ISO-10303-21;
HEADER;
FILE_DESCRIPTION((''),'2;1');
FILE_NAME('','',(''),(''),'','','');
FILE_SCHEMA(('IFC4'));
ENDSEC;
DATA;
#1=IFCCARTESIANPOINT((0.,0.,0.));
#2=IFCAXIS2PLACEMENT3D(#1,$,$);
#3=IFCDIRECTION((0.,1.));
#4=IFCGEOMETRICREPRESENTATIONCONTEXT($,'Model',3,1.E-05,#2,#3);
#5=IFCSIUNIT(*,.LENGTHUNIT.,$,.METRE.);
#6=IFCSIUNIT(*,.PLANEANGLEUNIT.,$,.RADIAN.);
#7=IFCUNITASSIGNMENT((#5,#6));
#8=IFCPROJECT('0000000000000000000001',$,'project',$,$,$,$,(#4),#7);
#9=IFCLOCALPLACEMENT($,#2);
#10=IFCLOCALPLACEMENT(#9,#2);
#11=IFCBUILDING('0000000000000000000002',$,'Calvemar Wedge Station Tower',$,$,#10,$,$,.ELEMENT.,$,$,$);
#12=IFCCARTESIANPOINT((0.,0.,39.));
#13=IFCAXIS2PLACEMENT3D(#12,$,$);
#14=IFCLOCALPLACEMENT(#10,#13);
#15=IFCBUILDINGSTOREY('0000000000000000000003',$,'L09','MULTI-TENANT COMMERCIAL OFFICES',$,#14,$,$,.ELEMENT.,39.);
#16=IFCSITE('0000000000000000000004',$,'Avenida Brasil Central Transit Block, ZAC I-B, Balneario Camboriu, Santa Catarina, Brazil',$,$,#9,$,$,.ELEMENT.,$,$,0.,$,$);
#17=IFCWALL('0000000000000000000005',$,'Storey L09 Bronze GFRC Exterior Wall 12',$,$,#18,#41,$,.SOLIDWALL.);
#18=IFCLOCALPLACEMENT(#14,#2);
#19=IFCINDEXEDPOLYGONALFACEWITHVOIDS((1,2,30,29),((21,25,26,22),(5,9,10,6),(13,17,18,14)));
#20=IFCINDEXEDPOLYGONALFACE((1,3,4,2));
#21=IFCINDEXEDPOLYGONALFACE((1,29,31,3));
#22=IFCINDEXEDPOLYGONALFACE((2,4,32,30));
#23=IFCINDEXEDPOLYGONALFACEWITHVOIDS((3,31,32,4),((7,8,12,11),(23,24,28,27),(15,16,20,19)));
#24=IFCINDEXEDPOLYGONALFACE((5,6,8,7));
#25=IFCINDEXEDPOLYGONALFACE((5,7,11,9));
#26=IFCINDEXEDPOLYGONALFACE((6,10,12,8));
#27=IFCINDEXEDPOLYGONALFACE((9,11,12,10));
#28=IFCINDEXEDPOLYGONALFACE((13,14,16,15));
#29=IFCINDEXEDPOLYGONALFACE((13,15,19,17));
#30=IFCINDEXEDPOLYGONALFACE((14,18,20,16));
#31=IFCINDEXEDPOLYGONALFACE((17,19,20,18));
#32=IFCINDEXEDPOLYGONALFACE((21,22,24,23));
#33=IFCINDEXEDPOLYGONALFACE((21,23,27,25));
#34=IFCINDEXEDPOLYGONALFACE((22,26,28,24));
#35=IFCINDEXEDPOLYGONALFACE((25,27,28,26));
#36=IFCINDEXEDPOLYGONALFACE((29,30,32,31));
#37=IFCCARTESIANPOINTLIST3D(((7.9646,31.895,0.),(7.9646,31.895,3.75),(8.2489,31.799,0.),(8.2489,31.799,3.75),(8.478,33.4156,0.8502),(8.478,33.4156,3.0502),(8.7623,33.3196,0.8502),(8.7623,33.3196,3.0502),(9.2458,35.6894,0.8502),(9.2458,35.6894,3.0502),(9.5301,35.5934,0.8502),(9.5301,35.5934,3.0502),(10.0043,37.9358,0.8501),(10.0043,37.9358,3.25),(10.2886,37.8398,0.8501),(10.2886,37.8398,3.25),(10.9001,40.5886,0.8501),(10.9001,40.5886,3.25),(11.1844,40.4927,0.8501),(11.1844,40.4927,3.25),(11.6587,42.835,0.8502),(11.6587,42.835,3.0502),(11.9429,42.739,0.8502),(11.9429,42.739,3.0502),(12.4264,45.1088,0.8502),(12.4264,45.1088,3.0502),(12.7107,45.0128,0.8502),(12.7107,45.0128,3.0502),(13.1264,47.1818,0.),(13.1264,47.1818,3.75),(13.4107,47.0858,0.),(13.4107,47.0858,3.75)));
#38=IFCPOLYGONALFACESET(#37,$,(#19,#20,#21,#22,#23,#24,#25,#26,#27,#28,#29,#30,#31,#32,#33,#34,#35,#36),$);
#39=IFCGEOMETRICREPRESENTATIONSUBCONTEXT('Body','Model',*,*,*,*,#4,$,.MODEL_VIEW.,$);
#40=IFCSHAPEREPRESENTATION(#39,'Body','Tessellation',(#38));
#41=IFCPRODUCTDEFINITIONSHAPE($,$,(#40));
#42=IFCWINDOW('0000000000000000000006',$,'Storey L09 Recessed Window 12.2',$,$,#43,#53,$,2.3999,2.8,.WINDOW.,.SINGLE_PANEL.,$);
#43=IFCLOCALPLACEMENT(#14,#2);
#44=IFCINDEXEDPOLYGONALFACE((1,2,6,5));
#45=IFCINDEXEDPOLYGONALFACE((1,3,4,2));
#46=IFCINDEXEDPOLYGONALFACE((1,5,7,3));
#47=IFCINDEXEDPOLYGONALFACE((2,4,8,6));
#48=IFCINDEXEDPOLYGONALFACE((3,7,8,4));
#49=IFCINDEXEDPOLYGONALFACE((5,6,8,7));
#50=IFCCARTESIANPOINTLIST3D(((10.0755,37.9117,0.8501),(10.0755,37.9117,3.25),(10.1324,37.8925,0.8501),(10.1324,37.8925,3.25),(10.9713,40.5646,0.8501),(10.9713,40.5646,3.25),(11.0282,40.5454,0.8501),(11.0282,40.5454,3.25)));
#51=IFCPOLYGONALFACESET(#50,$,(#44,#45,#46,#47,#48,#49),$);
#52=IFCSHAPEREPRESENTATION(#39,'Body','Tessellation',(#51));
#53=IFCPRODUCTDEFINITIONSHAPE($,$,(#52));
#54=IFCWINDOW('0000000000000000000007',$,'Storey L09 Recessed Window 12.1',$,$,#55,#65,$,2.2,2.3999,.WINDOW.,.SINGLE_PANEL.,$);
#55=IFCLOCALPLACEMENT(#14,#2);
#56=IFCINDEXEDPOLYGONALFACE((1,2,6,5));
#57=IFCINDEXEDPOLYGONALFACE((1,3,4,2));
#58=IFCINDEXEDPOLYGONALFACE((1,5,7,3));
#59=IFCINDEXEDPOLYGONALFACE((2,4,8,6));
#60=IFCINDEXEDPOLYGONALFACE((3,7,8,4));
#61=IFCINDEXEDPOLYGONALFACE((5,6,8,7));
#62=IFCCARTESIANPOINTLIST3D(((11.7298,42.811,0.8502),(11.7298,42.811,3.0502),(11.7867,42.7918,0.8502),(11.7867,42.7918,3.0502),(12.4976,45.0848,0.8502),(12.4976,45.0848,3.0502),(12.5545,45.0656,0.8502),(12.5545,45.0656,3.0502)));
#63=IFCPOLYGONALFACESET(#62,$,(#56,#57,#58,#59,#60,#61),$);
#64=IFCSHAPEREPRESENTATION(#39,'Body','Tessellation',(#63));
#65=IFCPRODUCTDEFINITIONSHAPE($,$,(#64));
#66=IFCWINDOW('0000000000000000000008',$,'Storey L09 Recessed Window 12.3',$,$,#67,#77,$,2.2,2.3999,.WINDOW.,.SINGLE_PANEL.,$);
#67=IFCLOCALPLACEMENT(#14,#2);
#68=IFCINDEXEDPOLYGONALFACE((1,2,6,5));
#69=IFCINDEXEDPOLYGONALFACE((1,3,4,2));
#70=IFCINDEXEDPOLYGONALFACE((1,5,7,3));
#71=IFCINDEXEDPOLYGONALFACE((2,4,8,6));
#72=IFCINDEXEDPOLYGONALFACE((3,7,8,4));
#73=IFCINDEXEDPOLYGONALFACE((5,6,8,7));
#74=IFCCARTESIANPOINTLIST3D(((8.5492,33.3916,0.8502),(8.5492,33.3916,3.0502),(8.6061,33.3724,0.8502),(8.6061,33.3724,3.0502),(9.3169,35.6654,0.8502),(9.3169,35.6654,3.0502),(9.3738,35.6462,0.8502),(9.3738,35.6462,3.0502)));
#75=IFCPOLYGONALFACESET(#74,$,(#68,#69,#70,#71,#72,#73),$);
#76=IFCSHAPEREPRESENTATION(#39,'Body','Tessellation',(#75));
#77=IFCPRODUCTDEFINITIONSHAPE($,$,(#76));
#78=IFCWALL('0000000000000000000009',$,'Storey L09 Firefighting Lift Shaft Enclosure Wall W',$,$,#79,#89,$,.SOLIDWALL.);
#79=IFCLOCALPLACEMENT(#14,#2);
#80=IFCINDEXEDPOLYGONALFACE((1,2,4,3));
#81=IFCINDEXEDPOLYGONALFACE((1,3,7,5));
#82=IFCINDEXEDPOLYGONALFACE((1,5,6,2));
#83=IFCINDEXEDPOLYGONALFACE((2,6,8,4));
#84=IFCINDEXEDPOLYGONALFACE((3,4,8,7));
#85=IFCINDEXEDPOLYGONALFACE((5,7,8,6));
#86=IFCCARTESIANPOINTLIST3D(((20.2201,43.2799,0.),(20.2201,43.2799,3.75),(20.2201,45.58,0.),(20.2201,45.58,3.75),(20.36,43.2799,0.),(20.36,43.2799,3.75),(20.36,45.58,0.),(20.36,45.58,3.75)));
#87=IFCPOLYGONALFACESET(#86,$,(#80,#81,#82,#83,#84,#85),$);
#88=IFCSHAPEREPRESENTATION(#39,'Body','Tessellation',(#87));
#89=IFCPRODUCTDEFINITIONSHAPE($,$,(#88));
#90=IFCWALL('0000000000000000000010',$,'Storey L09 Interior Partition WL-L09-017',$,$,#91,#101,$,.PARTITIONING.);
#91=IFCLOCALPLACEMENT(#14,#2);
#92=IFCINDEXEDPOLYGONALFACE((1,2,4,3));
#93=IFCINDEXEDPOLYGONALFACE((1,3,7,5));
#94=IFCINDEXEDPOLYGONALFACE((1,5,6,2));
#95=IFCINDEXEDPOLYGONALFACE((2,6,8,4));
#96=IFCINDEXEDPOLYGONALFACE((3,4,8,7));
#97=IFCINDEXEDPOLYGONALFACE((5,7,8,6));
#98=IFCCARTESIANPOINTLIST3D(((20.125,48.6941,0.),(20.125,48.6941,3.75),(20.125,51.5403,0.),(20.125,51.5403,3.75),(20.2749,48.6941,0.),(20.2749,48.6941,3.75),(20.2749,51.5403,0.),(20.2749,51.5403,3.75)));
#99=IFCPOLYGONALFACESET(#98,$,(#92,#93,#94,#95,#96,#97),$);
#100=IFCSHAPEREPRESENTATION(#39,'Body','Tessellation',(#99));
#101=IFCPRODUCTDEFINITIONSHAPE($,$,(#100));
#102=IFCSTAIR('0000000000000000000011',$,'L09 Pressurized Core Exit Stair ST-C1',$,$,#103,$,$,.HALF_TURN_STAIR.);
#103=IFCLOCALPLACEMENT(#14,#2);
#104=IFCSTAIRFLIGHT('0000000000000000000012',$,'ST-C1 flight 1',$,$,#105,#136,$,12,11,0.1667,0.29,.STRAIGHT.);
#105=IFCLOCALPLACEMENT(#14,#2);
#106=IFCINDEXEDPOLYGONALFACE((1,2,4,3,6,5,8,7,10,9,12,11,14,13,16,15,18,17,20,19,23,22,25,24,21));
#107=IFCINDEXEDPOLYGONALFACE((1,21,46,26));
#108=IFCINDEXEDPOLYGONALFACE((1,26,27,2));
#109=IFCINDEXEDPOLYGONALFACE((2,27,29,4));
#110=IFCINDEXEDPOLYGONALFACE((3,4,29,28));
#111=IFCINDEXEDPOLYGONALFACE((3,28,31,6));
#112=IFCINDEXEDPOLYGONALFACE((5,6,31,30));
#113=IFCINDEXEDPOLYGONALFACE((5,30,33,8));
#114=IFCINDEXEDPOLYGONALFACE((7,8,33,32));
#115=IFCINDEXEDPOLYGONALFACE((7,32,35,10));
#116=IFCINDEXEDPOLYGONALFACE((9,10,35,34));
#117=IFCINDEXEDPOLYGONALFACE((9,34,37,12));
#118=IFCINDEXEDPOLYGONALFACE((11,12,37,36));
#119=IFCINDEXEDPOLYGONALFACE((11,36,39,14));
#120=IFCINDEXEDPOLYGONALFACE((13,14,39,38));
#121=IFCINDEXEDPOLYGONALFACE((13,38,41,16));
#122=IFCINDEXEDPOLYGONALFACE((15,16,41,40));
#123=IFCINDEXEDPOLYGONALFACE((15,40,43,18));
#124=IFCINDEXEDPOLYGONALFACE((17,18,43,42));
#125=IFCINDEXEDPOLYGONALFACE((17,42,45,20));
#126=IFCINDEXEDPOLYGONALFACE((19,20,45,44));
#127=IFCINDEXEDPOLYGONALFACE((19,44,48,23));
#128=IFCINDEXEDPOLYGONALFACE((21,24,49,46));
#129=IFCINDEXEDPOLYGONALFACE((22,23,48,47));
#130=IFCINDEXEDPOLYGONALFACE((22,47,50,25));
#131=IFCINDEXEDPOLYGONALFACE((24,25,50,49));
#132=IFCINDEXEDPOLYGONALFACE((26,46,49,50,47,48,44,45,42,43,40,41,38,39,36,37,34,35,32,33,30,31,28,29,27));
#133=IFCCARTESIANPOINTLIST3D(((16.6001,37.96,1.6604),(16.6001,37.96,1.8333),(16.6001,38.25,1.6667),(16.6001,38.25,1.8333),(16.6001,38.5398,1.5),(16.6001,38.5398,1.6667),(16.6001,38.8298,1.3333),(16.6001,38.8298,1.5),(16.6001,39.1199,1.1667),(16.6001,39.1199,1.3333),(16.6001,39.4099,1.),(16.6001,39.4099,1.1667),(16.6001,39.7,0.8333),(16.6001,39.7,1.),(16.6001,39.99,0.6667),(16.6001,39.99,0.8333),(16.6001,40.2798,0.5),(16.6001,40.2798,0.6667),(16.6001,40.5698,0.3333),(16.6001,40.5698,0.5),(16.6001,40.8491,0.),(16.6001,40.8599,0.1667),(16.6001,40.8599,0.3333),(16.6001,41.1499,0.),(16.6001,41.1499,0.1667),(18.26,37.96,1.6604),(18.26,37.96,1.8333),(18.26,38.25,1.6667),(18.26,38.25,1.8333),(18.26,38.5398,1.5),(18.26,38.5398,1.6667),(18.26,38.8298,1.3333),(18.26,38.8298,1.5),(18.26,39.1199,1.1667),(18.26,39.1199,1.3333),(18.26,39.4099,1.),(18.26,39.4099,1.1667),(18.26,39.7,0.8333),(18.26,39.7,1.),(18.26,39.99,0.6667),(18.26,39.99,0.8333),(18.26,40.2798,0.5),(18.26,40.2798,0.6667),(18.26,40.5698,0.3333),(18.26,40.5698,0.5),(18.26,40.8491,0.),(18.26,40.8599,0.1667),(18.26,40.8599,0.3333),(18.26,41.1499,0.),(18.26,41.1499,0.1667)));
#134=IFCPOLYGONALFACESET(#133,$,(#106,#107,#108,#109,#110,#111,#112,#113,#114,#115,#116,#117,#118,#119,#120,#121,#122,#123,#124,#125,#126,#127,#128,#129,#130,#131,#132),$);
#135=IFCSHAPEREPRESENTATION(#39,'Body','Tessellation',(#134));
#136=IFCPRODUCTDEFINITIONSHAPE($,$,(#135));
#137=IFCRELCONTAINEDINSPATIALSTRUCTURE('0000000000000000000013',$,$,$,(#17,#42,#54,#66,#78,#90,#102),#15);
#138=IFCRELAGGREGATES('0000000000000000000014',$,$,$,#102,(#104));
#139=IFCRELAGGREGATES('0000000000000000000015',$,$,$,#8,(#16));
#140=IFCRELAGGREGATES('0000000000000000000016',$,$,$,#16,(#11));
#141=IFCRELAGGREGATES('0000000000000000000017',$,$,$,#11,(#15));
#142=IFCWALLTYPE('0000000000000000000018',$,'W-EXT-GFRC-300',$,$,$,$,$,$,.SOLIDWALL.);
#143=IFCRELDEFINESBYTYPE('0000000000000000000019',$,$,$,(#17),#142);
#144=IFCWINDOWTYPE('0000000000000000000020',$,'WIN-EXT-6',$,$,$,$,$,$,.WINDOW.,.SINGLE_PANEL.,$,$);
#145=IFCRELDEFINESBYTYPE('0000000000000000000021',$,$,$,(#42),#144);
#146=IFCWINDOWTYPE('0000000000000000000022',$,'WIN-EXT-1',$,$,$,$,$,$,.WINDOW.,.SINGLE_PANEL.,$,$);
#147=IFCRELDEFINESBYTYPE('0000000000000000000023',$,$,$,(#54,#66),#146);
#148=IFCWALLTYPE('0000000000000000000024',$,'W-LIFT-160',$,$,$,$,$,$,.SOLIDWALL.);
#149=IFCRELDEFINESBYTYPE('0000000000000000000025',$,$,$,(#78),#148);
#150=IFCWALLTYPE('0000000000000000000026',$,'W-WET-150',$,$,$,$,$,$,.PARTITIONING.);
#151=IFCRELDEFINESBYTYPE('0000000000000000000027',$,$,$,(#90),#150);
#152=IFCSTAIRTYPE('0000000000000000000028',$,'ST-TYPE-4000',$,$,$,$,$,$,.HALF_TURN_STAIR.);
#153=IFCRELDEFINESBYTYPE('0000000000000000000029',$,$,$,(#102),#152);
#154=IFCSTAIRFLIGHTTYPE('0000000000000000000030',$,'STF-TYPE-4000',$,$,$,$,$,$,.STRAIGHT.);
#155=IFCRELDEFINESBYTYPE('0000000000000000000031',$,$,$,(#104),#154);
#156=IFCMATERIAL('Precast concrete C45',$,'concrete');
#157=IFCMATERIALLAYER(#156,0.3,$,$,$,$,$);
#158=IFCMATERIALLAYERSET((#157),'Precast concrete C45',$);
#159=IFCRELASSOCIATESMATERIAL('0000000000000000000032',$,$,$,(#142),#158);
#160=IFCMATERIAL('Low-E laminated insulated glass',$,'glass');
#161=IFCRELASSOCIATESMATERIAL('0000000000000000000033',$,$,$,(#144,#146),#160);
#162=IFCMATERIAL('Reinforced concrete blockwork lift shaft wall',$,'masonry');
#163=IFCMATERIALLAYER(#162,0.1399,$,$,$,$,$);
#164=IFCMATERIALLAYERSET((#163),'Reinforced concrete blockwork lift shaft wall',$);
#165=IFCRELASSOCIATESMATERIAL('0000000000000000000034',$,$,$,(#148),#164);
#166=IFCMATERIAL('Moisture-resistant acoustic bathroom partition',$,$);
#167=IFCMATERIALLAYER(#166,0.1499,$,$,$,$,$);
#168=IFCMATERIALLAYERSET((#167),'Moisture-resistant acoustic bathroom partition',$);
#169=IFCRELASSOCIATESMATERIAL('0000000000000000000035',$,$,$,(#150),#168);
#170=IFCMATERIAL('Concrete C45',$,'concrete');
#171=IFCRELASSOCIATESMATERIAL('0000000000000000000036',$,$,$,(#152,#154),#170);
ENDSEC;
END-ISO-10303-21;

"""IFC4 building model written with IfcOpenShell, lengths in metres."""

from ifc_helpers import new_model, si_unit, direction, frame, frame_2d, origin, place, context, subcontext, project, spatial, polyline, rectangle, outline, extrude, source, transform, mapped, material, layer, layer_set, type_object, element, fill, aggregate, save


model = new_model("IFC4")

# Units and contexts
model_context = context("Model", 3, precision=1e-05, world=origin(), true_north=direction((0.0, 1.0)))
body_context = subcontext(model_context, "Body", "Model", "MODEL_VIEW")
ifc_project = project(units=[si_unit("LENGTHUNIT", "METRE"), si_unit("PLANEANGLEUNIT", "RADIAN")], contexts=[model_context])

# Site, building, storey
site_placement = place(None, origin())
site = spatial("IfcSite", under=ifc_project, at=site_placement, Name="Avenida Brasil Central Transit Block, ZAC I-B, Balneario Camboriu, Santa Catarina, Brazil", CompositionType="ELEMENT", RefElevation=0.0)
building_placement = place(site_placement, origin())
building = spatial("IfcBuilding", under=site, at=building_placement, Name="Calvemar Wedge Station Tower", CompositionType="ELEMENT")
storey_placement = place(building_placement, frame((0.0, 0.0, 39.0)))
storey = spatial("IfcBuildingStorey", under=building, at=storey_placement, Name="L09", Description="MULTI-TENANT COMMERCIAL OFFICES", CompositionType="ELEMENT", Elevation=39.0)

# Wall, openings, windows
ifc_material_1 = material(Name="Precast concrete C45", Category="concrete")
ifc_layer_1 = layer(ifc_material_1, 0.3)
ifc_layer_set_1 = layer_set([ifc_layer_1], Name="Precast concrete C45")
wall_type_1 = type_object("IfcWallType", Name="W-EXT-GFRC-300", PredefinedType="SOLIDWALL", material=ifc_layer_set_1)
wall_1_placement = place(storey_placement, frame((13.2686, 47.1338, 0.0), z_axis=(0.0, 0.0, 1.0), x_axis=(-0.31992, -0.947444, 0.0)))
wall_1 = element("IfcWall", 1, at=wall_1_placement, inside=storey, type_object=wall_type_1, Name="Storey L09 Bronze GFRC Exterior Wall 12", PredefinedType="SOLIDWALL", context=body_context, shape_type="SweptSolid", body=[
    extrude(rectangle(XDim=16.1348, YDim=0.3, at=frame_2d((8.0674, 0.0))), origin(), (0.0, 0.0, 1.0), 3.75),
])
shared_shape_1 = source(origin(), body_context, "Body", "SweptSolid", [
    extrude(rectangle(XDim=2.3999, YDim=2.2, at=frame_2d((1.2, 1.1001))), frame((0.0, 0.1602, 0.0), z_axis=(0.0, -1.0, 0.0), x_axis=(1.0, 0.0, 0.0)), (0.0, 0.0, 1.0), 0.3201),
])
opening_1_placement = place(wall_1_placement, frame((2.188, 0.0, 0.8501)))
opening_1 = element("IfcOpeningElement", 2, at=opening_1_placement, cuts=wall_1, PredefinedType="OPENING", context=body_context, shape_type="MappedRepresentation", body=[
    mapped(shared_shape_1, transform((0.0, 0.0, 0.0), scale=1.0)),
])
shared_shape_2 = source(origin(), body_context, "Body", "SweptSolid", [
    extrude(rectangle(XDim=2.8, YDim=2.3999, at=frame_2d((1.3999, 1.2))), frame((0.0, 0.1602, 0.0), z_axis=(0.0, -1.0, 0.0), x_axis=(1.0, 0.0, 0.0)), (0.0, 0.0, 1.0), 0.3201),
])
opening_2_placement = place(wall_1_placement, frame((6.959, 0.0, 0.8501)))
opening_2 = element("IfcOpeningElement", 3, at=opening_2_placement, cuts=wall_1, PredefinedType="OPENING", context=body_context, shape_type="MappedRepresentation", body=[
    mapped(shared_shape_2, transform((0.0, 0.0, 0.0), scale=1.0)),
])
opening_3_placement = place(wall_1_placement, frame((12.1299, 0.0, 0.8501)))
opening_3 = element("IfcOpeningElement", 4, at=opening_3_placement, cuts=wall_1, PredefinedType="OPENING", context=body_context, shape_type="MappedRepresentation", body=[
    mapped(shared_shape_1, transform((0.0, 0.0, 0.0), scale=1.0)),
])
ifc_material_2 = material(Name="Low-E laminated insulated glass", Category="glass")
window_type_1 = type_object("IfcWindowType", Name="WIN-EXT-6", PartitioningType="SINGLE_PANEL", PredefinedType="WINDOW", material=ifc_material_2)
shared_shape_3 = source(origin(), body_context, "Body", "SweptSolid", [
    extrude(rectangle(XDim=2.8, YDim=2.3999, at=frame_2d((1.3999, 1.2))), frame((0.0, -0.0149, 0.0), z_axis=(0.0, -1.0, 0.0), x_axis=(1.0, 0.0, 0.0)), (0.0, 0.0, 1.0), 0.0601),
])
window_1_placement = place(opening_2_placement, origin())
window_1 = element("IfcWindow", 5, at=window_1_placement, inside=storey, type_object=window_type_1, Name="Storey L09 Recessed Window 12.2", OverallHeight=2.3999, OverallWidth=2.8, PartitioningType="SINGLE_PANEL", PredefinedType="WINDOW", context=body_context, shape_type="MappedRepresentation", body=[
    mapped(shared_shape_3, transform((0.0, 0.0, 0.0), scale=1.0)),
])
fill(opening_2, window_1)
window_type_2 = type_object("IfcWindowType", Name="WIN-EXT-1", PartitioningType="SINGLE_PANEL", PredefinedType="WINDOW", material=ifc_material_2)
shared_shape_4 = source(origin(), body_context, "Body", "SweptSolid", [
    extrude(rectangle(XDim=2.3999, YDim=2.2, at=frame_2d((1.2, 1.1001))), frame((0.0, -0.0149, 0.0), z_axis=(0.0, -1.0, 0.0), x_axis=(1.0, 0.0, 0.0)), (0.0, 0.0, 1.0), 0.0601),
])
window_2_placement = place(opening_1_placement, origin())
window_2 = element("IfcWindow", 6, at=window_2_placement, inside=storey, type_object=window_type_2, Name="Storey L09 Recessed Window 12.1", OverallHeight=2.2, OverallWidth=2.3999, PartitioningType="SINGLE_PANEL", PredefinedType="WINDOW", context=body_context, shape_type="MappedRepresentation", body=[
    mapped(shared_shape_4, transform((0.0, 0.0, 0.0), scale=1.0)),
])
fill(opening_1, window_2)
window_3_placement = place(opening_3_placement, origin())
window_3 = element("IfcWindow", 7, at=window_3_placement, inside=storey, type_object=window_type_2, Name="Storey L09 Recessed Window 12.3", OverallHeight=2.2, OverallWidth=2.3999, PartitioningType="SINGLE_PANEL", PredefinedType="WINDOW", context=body_context, shape_type="MappedRepresentation", body=[
    mapped(shared_shape_4, transform((0.0, 0.0, 0.0), scale=1.0)),
])
fill(opening_3, window_3)

# Shared definitions
ifc_material_3 = material(Name="Reinforced concrete blockwork lift shaft wall", Category="masonry")
ifc_layer_2 = layer(ifc_material_3, 0.1399)
ifc_layer_set_2 = layer_set([ifc_layer_2], Name="Reinforced concrete blockwork lift shaft wall")
wall_type_2 = type_object("IfcWallType", Name="W-LIFT-160", PredefinedType="SOLIDWALL", material=ifc_layer_set_2)

# Walls
wall_2_placement = place(storey_placement, frame((20.29, 43.28, 0.0), z_axis=(0.0, 0.0, 1.0), x_axis=(0.0, 1.0, 0.0)))
element("IfcWall", 8, at=wall_2_placement, inside=storey, type_object=wall_type_2, Name="Storey L09 Firefighting Lift Shaft Enclosure Wall W", PredefinedType="SOLIDWALL", context=body_context, shape_type="SweptSolid", body=[
    extrude(rectangle(XDim=2.3, YDim=0.1399, at=frame_2d((1.1499, 0.0))), origin(), (0.0, 0.0, 1.0), 3.75),
])
ifc_material_4 = material(Name="Moisture-resistant acoustic bathroom partition")
ifc_layer_3 = layer(ifc_material_4, 0.1499)
ifc_layer_set_3 = layer_set([ifc_layer_3], Name="Moisture-resistant acoustic bathroom partition")
wall_type_3 = type_object("IfcWallType", Name="W-WET-150", PredefinedType="PARTITIONING", material=ifc_layer_set_3)
wall_3_placement = place(storey_placement, frame((20.2, 51.5403, 0.0), z_axis=(0.0, 0.0, 1.0), x_axis=(0.0, -1.0, 0.0)))
element("IfcWall", 9, at=wall_3_placement, inside=storey, type_object=wall_type_3, Name="Storey L09 Interior Partition WL-L09-017", PredefinedType="PARTITIONING", context=body_context, shape_type="SweptSolid", body=[
    extrude(rectangle(XDim=2.8462, YDim=0.1499, at=frame_2d((1.4231, 0.0))), origin(), (0.0, 0.0, 1.0), 3.75),
])

# Stair, stair flight
ifc_material_5 = material(Name="Concrete C45", Category="concrete")
stair_type = type_object("IfcStairType", Name="ST-TYPE-4000", PredefinedType="HALF_TURN_STAIR", material=ifc_material_5)
stair_placement = place(storey_placement, origin())
stair = element("IfcStair", 10, at=stair_placement, inside=storey, type_object=stair_type, Name="L09 Pressurized Core Exit Stair ST-C1", PredefinedType="HALF_TURN_STAIR")
stair_flight_type = type_object("IfcStairFlightType", Name="STF-TYPE-4000", PredefinedType="STRAIGHT", material=ifc_material_5)
stair_flight_placement = place(storey_placement, frame((17.4299, 41.1499, 0.0), z_axis=(0.0, 0.0, 1.0), x_axis=(0.0, -1.0, 0.0)))
stair_flight = element("IfcStairFlight", 11, at=stair_flight_placement, type_object=stair_flight_type, Name="ST-C1 flight 1", NumberOfRisers=12, NumberOfTreads=11, PredefinedType="STRAIGHT", RiserHeight=0.1667, TreadLength=0.29, context=body_context, shape_type="SweptSolid", body=[
    extrude(outline(polyline([(0.0, 0.0), (0.0, 0.1667), (0.29, 0.1667), (0.29, 0.3333), (0.5801, 0.3333), (0.5801, 0.5), (0.8701, 0.5), (0.8701, 0.6667), (1.1599, 0.6667), (1.1599, 0.8333), (1.45, 0.8333), (1.45, 1.0), (1.74, 1.0), (1.74, 1.1667), (2.03, 1.1667), (2.03, 1.3333), (2.3201, 1.3333), (2.3201, 1.5), (2.6101, 1.5), (2.6101, 1.6667), (2.8999, 1.6667), (2.8999, 1.8333), (3.1899, 1.8333), (3.1899, 2.0), (3.1899, 1.6604), (0.3008, 0.0), (0.0, 0.0)])), frame((0.0, 0.8301, 0.0), z_axis=(0.0, -1.0, 0.0), x_axis=(1.0, 0.0, 0.0)), (0.0, 0.0, 1.0), 1.6599),
])
aggregate(stair, [stair_flight])

save(model, "model.ifc")
